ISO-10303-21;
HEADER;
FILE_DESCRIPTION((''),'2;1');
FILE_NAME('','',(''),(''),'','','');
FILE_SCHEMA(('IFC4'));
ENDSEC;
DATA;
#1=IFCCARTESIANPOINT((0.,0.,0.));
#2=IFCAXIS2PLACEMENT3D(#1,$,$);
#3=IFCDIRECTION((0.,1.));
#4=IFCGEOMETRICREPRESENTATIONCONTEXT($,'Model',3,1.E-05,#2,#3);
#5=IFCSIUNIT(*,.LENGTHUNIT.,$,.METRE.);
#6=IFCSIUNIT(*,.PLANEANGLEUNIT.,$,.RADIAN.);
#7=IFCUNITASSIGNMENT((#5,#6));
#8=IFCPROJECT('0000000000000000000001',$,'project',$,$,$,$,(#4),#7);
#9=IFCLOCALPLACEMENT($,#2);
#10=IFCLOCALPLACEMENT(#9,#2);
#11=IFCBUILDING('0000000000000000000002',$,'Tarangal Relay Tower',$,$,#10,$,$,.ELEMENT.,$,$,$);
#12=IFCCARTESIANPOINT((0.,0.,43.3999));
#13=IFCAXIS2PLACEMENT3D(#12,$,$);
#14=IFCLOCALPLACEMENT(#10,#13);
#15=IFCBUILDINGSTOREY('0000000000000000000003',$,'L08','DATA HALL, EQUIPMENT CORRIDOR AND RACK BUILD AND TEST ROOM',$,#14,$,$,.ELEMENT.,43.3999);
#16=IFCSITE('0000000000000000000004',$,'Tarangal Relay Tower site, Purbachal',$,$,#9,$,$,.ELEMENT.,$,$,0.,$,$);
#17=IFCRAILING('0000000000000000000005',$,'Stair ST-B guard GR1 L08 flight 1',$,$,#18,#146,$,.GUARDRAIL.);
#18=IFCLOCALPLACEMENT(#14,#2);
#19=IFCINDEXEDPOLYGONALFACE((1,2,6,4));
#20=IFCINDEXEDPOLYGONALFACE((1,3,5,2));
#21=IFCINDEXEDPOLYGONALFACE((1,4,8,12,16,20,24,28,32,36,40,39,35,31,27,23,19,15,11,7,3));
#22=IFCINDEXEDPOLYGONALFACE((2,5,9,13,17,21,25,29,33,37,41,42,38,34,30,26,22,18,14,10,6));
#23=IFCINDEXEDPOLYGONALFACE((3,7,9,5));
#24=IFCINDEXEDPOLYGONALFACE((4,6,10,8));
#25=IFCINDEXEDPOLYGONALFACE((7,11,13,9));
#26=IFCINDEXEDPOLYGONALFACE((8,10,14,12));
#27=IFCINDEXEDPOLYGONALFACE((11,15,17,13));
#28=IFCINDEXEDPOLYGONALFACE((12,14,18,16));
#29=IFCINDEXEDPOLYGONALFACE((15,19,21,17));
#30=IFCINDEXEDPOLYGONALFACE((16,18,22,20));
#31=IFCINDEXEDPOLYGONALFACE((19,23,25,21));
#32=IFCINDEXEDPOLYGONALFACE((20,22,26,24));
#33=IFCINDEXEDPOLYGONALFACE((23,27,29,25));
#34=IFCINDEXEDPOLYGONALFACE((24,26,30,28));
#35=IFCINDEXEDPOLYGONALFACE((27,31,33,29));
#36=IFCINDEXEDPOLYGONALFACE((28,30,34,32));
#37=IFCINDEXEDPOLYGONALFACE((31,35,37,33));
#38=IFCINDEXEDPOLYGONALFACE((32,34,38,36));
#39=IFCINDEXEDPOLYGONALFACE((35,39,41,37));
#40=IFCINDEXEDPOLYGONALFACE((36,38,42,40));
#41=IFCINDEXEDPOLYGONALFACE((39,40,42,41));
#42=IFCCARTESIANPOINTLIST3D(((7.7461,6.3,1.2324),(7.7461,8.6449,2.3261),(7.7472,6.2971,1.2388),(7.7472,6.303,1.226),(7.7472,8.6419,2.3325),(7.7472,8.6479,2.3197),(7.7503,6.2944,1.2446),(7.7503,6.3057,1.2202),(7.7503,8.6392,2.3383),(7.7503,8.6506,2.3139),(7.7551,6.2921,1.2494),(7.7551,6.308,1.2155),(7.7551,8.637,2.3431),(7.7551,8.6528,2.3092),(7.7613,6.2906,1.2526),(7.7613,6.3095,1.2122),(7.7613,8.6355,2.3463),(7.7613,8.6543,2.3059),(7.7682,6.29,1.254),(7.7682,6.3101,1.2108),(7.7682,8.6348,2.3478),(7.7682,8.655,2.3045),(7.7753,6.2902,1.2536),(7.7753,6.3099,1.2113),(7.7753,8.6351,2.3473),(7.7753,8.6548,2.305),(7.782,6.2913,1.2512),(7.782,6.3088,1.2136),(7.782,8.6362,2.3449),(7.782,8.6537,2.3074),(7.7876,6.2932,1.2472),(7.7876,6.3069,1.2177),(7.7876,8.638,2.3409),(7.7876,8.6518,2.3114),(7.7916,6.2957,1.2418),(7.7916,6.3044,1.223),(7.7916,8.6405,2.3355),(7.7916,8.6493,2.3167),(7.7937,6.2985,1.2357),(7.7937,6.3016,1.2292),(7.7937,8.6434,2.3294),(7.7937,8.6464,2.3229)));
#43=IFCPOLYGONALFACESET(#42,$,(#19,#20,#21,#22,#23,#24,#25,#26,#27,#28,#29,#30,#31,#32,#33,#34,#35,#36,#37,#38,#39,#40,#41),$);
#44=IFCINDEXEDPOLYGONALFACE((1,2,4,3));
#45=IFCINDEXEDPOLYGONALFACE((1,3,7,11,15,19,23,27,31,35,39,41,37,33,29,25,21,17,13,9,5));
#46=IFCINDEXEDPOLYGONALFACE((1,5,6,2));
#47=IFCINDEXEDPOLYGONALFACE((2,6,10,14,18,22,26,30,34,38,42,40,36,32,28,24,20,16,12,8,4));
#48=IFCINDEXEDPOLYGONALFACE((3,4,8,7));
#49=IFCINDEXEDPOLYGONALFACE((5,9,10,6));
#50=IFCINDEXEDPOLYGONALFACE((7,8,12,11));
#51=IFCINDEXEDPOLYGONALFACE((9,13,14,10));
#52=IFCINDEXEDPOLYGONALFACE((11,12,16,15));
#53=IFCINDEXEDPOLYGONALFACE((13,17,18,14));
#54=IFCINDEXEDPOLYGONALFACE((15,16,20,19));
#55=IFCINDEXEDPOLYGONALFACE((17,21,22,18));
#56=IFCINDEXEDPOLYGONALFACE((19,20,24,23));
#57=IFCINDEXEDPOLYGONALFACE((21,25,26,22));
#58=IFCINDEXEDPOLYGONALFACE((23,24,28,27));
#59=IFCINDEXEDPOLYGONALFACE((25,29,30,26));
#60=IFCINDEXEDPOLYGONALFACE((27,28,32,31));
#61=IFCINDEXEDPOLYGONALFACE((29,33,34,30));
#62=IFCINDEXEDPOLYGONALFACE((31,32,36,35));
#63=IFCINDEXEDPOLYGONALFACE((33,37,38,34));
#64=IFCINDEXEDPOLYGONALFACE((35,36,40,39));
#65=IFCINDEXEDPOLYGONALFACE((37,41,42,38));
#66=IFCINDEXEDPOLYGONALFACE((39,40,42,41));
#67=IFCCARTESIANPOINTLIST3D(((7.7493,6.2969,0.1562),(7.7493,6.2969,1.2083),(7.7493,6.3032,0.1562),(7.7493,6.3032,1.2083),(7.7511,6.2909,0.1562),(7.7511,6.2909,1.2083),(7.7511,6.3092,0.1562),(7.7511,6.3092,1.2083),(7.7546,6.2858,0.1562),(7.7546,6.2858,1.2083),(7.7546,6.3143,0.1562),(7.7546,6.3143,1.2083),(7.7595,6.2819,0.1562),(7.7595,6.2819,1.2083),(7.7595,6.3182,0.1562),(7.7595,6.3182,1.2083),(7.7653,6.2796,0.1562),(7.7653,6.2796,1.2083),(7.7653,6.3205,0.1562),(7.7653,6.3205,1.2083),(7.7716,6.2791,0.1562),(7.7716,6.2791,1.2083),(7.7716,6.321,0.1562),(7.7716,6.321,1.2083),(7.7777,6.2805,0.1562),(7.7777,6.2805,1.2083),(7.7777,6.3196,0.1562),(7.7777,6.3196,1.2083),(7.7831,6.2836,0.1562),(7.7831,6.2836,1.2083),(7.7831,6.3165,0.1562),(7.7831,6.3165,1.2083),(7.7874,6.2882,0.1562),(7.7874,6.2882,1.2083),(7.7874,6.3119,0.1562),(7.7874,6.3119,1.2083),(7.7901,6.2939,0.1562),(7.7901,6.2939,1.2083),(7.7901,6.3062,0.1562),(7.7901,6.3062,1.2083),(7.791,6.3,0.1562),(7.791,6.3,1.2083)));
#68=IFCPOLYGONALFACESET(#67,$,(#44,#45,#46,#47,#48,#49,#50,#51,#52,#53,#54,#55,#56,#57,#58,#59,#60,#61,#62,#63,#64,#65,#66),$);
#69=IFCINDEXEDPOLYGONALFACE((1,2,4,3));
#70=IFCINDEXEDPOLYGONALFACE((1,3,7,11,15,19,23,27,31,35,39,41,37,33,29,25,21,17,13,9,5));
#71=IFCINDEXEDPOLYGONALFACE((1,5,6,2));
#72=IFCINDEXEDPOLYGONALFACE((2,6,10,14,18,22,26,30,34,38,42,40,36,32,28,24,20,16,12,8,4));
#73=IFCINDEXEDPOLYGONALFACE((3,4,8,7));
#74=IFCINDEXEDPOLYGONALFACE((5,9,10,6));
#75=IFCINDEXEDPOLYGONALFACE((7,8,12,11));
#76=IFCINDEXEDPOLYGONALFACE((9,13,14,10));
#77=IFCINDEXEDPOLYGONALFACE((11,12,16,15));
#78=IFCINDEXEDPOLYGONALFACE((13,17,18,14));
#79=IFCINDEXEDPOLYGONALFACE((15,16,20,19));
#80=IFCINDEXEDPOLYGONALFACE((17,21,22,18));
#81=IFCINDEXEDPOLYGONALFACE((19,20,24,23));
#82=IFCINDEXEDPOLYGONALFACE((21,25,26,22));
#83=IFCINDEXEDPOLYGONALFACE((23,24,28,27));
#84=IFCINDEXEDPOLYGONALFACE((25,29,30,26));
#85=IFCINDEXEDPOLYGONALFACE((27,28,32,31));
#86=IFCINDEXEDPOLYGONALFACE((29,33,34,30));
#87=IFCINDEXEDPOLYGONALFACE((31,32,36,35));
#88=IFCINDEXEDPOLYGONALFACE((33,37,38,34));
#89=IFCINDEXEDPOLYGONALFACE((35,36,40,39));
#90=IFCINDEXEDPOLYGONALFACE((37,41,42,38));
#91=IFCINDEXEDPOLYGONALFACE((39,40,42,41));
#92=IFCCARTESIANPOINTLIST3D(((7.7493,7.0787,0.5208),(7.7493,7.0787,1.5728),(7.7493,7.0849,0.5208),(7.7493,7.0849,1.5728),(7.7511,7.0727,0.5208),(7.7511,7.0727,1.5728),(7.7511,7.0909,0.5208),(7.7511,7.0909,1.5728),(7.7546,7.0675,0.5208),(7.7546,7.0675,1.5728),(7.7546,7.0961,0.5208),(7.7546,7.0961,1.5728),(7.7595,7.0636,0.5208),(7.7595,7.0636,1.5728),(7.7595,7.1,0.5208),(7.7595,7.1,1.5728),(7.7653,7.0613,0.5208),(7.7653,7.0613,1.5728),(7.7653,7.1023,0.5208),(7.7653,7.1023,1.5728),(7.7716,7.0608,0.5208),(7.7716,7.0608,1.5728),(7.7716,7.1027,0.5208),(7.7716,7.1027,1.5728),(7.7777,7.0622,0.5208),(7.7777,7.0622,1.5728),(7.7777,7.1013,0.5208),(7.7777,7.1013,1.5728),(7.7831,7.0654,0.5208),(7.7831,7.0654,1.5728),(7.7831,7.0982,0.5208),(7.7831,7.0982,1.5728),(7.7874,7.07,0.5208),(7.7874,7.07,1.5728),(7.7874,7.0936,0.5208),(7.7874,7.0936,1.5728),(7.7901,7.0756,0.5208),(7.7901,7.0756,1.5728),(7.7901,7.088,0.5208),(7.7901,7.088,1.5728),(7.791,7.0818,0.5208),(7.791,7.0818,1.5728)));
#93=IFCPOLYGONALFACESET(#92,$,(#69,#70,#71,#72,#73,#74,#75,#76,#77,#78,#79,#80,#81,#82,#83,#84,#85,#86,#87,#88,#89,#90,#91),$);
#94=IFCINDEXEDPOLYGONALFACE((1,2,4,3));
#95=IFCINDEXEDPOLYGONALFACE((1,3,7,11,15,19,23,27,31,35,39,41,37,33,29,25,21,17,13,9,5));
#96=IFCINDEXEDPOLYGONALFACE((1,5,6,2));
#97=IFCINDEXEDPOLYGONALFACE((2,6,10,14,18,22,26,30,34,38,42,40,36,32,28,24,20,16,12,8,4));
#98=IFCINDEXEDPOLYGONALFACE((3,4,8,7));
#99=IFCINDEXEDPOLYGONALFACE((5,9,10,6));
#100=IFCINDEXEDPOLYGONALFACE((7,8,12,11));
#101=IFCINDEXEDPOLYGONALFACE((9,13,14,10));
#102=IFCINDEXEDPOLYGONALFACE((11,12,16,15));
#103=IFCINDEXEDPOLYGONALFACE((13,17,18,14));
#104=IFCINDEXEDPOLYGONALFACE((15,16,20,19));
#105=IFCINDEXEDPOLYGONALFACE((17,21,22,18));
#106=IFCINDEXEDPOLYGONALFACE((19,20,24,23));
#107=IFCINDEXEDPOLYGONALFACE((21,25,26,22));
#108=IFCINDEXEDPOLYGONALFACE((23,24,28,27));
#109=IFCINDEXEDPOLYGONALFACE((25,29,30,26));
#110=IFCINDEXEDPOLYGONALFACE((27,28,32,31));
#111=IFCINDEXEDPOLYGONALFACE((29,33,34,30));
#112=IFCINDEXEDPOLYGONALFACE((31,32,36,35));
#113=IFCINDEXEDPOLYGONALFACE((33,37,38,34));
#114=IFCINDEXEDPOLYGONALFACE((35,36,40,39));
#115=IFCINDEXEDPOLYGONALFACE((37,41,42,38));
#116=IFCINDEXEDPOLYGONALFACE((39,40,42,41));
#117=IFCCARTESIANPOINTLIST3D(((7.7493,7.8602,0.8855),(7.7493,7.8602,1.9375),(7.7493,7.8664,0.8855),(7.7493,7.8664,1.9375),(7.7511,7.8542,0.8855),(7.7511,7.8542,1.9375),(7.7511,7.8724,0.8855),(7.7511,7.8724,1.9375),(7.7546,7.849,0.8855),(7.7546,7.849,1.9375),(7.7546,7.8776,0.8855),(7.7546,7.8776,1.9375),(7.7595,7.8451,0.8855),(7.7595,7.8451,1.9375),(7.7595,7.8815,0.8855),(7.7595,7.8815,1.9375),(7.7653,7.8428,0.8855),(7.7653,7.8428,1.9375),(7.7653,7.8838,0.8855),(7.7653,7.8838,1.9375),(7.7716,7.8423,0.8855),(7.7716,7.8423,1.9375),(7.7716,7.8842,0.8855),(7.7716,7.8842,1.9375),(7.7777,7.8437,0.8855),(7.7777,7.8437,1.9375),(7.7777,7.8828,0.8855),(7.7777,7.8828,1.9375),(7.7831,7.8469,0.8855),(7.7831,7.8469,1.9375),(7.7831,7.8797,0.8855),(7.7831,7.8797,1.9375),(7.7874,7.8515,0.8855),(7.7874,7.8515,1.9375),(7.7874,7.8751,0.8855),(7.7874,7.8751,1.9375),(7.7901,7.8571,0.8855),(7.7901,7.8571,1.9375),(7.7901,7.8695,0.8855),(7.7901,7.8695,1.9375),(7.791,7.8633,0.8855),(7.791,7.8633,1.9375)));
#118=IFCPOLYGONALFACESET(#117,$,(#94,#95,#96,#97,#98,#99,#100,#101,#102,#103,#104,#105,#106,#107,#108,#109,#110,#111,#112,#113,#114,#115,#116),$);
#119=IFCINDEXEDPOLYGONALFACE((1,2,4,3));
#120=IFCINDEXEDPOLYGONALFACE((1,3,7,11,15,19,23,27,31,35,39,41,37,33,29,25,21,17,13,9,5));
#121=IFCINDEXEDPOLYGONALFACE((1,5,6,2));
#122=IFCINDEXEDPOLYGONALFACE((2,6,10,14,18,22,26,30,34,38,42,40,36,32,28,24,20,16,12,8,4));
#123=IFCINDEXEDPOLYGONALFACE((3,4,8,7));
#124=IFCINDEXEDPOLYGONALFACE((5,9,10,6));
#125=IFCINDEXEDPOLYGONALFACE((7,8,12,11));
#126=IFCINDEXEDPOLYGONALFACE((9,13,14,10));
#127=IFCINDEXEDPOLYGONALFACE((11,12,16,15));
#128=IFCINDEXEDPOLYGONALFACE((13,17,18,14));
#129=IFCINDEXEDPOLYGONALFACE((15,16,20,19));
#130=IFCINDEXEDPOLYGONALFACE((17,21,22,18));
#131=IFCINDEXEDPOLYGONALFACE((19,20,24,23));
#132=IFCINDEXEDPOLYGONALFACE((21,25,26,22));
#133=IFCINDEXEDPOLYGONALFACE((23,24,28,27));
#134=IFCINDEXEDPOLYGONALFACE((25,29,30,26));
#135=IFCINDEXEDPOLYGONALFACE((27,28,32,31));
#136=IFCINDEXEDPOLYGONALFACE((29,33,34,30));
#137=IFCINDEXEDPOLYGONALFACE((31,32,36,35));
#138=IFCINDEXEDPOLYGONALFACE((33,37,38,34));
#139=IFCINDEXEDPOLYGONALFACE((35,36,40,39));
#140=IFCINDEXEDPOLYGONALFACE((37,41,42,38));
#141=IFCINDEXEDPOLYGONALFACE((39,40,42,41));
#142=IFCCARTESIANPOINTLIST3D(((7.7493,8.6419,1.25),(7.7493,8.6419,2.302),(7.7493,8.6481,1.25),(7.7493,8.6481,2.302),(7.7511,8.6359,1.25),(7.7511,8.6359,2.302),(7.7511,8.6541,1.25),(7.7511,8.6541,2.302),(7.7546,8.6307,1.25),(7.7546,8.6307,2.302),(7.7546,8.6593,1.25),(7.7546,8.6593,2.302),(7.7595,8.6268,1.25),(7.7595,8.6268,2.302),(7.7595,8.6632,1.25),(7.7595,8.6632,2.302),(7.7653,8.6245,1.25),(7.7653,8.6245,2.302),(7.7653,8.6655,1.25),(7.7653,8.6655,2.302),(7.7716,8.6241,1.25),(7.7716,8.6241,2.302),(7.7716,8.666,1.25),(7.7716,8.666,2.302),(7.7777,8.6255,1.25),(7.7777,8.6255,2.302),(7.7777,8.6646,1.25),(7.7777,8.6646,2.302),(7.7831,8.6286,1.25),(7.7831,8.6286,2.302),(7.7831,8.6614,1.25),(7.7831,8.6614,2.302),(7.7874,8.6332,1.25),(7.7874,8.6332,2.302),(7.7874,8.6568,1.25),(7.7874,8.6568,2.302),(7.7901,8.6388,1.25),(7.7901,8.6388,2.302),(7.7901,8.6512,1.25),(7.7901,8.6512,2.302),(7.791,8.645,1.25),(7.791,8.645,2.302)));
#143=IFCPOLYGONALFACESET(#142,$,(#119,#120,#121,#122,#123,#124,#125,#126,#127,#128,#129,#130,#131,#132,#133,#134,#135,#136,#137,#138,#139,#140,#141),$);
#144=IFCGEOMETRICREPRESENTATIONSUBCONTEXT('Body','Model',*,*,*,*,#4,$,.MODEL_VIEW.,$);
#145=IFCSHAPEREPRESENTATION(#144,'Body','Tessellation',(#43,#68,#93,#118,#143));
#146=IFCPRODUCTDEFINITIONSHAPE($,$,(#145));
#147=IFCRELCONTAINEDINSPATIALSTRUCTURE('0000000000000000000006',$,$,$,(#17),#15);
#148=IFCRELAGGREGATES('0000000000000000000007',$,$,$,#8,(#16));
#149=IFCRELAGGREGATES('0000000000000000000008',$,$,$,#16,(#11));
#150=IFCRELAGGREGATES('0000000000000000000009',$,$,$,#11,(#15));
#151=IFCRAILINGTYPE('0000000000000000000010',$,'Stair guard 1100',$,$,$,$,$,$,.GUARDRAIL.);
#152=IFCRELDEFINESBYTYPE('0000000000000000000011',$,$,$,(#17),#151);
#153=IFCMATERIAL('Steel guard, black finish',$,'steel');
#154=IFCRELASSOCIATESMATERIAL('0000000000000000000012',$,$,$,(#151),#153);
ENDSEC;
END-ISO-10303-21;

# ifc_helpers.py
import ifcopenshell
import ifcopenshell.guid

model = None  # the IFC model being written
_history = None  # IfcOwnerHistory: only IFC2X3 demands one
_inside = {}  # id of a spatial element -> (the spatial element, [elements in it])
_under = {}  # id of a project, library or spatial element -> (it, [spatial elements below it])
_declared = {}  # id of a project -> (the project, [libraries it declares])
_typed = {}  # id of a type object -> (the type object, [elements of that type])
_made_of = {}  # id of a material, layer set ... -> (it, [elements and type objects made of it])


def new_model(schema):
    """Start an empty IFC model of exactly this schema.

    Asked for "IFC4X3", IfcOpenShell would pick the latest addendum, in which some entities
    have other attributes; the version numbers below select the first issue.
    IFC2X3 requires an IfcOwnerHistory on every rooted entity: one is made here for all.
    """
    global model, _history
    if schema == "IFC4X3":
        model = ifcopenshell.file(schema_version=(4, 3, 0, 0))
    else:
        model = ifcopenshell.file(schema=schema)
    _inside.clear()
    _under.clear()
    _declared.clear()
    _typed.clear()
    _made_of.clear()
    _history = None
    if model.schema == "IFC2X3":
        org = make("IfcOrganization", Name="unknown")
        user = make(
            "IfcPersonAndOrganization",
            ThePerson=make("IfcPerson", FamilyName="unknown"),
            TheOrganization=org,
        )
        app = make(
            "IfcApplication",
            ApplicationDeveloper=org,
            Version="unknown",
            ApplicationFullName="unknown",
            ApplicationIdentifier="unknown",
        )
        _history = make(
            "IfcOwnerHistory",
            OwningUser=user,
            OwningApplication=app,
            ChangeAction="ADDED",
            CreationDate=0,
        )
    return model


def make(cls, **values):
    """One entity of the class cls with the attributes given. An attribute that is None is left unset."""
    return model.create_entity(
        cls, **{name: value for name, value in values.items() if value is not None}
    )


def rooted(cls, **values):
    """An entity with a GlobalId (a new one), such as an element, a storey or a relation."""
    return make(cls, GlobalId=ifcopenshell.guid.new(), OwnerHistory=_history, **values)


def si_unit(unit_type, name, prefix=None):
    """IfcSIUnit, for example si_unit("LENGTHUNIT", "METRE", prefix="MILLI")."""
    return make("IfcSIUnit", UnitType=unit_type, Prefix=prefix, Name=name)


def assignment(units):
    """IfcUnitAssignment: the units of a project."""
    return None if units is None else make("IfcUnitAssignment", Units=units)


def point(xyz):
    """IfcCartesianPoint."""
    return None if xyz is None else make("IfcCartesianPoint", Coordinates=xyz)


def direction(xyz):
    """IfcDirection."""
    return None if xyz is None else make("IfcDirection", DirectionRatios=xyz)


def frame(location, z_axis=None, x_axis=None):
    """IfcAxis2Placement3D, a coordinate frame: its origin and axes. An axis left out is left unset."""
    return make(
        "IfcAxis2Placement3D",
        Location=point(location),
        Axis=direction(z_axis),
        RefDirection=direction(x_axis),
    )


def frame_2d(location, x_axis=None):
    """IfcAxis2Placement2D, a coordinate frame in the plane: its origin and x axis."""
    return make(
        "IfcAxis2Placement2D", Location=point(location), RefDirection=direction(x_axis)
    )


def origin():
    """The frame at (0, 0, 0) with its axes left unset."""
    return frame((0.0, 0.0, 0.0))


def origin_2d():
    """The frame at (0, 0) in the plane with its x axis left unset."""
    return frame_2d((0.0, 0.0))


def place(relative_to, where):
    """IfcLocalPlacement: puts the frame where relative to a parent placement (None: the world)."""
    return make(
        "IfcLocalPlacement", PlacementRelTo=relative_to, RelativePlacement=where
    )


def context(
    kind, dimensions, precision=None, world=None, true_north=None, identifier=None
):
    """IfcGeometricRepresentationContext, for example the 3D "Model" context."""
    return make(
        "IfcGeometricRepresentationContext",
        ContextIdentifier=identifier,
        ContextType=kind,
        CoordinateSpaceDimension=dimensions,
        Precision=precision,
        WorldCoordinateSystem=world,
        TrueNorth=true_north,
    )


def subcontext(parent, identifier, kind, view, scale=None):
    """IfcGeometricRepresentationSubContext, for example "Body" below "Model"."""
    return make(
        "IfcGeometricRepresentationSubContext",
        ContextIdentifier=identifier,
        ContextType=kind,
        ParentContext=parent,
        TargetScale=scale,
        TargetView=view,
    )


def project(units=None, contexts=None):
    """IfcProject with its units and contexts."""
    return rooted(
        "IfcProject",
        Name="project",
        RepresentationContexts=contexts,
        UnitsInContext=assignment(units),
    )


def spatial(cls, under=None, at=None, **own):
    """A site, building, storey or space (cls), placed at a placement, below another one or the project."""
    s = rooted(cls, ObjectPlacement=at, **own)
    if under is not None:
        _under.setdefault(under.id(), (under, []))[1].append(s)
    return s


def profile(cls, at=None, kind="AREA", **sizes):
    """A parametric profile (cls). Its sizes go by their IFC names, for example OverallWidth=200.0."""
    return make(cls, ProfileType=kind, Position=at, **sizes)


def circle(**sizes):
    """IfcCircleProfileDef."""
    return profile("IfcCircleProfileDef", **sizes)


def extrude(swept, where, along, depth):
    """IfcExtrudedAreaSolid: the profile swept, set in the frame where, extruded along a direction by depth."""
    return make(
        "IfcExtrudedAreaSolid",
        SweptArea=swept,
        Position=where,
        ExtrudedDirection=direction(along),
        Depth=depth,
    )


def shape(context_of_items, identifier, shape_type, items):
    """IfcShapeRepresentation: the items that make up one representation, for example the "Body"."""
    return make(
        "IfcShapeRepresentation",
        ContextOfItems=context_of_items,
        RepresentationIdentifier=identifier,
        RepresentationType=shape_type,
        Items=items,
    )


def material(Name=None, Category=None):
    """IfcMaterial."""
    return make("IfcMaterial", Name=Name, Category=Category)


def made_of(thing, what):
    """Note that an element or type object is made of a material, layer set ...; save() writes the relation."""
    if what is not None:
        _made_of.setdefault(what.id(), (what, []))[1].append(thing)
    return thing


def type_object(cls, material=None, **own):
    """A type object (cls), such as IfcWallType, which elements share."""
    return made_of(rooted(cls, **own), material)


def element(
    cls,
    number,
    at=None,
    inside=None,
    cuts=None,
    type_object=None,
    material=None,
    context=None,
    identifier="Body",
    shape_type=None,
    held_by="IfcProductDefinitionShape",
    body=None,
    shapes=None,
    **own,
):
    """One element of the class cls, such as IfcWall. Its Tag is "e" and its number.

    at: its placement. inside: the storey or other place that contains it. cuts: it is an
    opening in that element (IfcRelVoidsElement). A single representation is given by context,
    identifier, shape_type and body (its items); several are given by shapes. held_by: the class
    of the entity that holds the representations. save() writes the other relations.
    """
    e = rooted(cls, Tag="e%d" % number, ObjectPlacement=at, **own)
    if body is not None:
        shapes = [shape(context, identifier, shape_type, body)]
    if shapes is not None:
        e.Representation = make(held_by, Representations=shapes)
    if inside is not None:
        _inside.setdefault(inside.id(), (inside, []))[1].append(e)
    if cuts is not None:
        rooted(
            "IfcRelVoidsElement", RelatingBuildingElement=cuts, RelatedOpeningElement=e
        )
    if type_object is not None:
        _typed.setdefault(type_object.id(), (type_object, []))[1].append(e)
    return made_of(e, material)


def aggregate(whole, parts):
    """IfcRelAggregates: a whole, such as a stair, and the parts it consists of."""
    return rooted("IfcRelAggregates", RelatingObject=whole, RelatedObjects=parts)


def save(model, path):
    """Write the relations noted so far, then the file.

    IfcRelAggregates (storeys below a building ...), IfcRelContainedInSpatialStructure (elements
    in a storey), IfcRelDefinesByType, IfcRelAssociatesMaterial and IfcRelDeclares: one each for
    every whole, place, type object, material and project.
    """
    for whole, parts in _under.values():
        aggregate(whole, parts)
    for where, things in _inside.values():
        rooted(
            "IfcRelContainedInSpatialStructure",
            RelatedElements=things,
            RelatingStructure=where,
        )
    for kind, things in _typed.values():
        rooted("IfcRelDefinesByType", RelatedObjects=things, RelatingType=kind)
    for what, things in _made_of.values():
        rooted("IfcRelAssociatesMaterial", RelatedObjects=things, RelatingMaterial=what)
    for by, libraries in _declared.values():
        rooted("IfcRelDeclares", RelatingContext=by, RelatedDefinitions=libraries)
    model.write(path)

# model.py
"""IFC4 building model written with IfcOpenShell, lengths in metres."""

from ifc_helpers import new_model, si_unit, direction, frame, origin, origin_2d, place, context, subcontext, project, spatial, circle, extrude, material, type_object, element, save


model = new_model("IFC4")

# Units and contexts
model_context = context("Model", 3, precision=1e-05, world=origin(), true_north=direction((0.0, 1.0)))
body_context = subcontext(model_context, "Body", "Model", "MODEL_VIEW")
ifc_project = project(units=[si_unit("LENGTHUNIT", "METRE"), si_unit("PLANEANGLEUNIT", "RADIAN")], contexts=[model_context])

# Site, building, storey
site_placement = place(None, origin())
site = spatial("IfcSite", under=ifc_project, at=site_placement, Name="Tarangal Relay Tower site, Purbachal", CompositionType="ELEMENT", RefElevation=0.0)
building_placement = place(site_placement, origin())
building = spatial("IfcBuilding", under=site, at=building_placement, Name="Tarangal Relay Tower", CompositionType="ELEMENT")
storey_placement = place(building_placement, frame((0.0, 0.0, 43.3999)))
storey = spatial("IfcBuildingStorey", under=building, at=storey_placement, Name="L08", Description="DATA HALL, EQUIPMENT CORRIDOR AND RACK BUILD AND TEST ROOM", CompositionType="ELEMENT", Elevation=43.3999)

# Railing
ifc_material_1 = material(Name="Steel guard, black finish", Category="steel")
railing_type_1 = type_object("IfcRailingType", Name="Stair guard 1100", PredefinedType="GUARDRAIL", material=ifc_material_1)
railing_1_placement = place(storey_placement, frame((7.77, 6.3, 0.1562)))
element("IfcRailing", 1, at=railing_1_placement, inside=storey, type_object=railing_type_1, Name="Stair ST-B guard GR1 L08 flight 1", PredefinedType="GUARDRAIL", context=body_context, shape_type="SweptSolid", body=[
    extrude(circle(Radius=0.0239, at=origin_2d()), frame((0.0, 0.0, 1.0762), z_axis=(0.0, 0.906267, 0.422705), x_axis=(-1.0, 0.0, 0.0)), (0.0, 0.0, 1.0), 2.5874),
    extrude(circle(Radius=0.021, at=origin_2d()), origin(), (0.0, 0.0, 1.0), 1.052),
    extrude(circle(Radius=0.021, at=origin_2d()), frame((0.0, 0.7817, 0.3645)), (0.0, 0.0, 1.0), 1.052),
    extrude(circle(Radius=0.021, at=origin_2d()), frame((0.0, 1.5632, 0.7292)), (0.0, 0.0, 1.0), 1.052),
    extrude(circle(Radius=0.021, at=origin_2d()), frame((0.0, 2.345, 1.0938)), (0.0, 0.0, 1.0), 1.052),
])

save(model, "model.ifc")
